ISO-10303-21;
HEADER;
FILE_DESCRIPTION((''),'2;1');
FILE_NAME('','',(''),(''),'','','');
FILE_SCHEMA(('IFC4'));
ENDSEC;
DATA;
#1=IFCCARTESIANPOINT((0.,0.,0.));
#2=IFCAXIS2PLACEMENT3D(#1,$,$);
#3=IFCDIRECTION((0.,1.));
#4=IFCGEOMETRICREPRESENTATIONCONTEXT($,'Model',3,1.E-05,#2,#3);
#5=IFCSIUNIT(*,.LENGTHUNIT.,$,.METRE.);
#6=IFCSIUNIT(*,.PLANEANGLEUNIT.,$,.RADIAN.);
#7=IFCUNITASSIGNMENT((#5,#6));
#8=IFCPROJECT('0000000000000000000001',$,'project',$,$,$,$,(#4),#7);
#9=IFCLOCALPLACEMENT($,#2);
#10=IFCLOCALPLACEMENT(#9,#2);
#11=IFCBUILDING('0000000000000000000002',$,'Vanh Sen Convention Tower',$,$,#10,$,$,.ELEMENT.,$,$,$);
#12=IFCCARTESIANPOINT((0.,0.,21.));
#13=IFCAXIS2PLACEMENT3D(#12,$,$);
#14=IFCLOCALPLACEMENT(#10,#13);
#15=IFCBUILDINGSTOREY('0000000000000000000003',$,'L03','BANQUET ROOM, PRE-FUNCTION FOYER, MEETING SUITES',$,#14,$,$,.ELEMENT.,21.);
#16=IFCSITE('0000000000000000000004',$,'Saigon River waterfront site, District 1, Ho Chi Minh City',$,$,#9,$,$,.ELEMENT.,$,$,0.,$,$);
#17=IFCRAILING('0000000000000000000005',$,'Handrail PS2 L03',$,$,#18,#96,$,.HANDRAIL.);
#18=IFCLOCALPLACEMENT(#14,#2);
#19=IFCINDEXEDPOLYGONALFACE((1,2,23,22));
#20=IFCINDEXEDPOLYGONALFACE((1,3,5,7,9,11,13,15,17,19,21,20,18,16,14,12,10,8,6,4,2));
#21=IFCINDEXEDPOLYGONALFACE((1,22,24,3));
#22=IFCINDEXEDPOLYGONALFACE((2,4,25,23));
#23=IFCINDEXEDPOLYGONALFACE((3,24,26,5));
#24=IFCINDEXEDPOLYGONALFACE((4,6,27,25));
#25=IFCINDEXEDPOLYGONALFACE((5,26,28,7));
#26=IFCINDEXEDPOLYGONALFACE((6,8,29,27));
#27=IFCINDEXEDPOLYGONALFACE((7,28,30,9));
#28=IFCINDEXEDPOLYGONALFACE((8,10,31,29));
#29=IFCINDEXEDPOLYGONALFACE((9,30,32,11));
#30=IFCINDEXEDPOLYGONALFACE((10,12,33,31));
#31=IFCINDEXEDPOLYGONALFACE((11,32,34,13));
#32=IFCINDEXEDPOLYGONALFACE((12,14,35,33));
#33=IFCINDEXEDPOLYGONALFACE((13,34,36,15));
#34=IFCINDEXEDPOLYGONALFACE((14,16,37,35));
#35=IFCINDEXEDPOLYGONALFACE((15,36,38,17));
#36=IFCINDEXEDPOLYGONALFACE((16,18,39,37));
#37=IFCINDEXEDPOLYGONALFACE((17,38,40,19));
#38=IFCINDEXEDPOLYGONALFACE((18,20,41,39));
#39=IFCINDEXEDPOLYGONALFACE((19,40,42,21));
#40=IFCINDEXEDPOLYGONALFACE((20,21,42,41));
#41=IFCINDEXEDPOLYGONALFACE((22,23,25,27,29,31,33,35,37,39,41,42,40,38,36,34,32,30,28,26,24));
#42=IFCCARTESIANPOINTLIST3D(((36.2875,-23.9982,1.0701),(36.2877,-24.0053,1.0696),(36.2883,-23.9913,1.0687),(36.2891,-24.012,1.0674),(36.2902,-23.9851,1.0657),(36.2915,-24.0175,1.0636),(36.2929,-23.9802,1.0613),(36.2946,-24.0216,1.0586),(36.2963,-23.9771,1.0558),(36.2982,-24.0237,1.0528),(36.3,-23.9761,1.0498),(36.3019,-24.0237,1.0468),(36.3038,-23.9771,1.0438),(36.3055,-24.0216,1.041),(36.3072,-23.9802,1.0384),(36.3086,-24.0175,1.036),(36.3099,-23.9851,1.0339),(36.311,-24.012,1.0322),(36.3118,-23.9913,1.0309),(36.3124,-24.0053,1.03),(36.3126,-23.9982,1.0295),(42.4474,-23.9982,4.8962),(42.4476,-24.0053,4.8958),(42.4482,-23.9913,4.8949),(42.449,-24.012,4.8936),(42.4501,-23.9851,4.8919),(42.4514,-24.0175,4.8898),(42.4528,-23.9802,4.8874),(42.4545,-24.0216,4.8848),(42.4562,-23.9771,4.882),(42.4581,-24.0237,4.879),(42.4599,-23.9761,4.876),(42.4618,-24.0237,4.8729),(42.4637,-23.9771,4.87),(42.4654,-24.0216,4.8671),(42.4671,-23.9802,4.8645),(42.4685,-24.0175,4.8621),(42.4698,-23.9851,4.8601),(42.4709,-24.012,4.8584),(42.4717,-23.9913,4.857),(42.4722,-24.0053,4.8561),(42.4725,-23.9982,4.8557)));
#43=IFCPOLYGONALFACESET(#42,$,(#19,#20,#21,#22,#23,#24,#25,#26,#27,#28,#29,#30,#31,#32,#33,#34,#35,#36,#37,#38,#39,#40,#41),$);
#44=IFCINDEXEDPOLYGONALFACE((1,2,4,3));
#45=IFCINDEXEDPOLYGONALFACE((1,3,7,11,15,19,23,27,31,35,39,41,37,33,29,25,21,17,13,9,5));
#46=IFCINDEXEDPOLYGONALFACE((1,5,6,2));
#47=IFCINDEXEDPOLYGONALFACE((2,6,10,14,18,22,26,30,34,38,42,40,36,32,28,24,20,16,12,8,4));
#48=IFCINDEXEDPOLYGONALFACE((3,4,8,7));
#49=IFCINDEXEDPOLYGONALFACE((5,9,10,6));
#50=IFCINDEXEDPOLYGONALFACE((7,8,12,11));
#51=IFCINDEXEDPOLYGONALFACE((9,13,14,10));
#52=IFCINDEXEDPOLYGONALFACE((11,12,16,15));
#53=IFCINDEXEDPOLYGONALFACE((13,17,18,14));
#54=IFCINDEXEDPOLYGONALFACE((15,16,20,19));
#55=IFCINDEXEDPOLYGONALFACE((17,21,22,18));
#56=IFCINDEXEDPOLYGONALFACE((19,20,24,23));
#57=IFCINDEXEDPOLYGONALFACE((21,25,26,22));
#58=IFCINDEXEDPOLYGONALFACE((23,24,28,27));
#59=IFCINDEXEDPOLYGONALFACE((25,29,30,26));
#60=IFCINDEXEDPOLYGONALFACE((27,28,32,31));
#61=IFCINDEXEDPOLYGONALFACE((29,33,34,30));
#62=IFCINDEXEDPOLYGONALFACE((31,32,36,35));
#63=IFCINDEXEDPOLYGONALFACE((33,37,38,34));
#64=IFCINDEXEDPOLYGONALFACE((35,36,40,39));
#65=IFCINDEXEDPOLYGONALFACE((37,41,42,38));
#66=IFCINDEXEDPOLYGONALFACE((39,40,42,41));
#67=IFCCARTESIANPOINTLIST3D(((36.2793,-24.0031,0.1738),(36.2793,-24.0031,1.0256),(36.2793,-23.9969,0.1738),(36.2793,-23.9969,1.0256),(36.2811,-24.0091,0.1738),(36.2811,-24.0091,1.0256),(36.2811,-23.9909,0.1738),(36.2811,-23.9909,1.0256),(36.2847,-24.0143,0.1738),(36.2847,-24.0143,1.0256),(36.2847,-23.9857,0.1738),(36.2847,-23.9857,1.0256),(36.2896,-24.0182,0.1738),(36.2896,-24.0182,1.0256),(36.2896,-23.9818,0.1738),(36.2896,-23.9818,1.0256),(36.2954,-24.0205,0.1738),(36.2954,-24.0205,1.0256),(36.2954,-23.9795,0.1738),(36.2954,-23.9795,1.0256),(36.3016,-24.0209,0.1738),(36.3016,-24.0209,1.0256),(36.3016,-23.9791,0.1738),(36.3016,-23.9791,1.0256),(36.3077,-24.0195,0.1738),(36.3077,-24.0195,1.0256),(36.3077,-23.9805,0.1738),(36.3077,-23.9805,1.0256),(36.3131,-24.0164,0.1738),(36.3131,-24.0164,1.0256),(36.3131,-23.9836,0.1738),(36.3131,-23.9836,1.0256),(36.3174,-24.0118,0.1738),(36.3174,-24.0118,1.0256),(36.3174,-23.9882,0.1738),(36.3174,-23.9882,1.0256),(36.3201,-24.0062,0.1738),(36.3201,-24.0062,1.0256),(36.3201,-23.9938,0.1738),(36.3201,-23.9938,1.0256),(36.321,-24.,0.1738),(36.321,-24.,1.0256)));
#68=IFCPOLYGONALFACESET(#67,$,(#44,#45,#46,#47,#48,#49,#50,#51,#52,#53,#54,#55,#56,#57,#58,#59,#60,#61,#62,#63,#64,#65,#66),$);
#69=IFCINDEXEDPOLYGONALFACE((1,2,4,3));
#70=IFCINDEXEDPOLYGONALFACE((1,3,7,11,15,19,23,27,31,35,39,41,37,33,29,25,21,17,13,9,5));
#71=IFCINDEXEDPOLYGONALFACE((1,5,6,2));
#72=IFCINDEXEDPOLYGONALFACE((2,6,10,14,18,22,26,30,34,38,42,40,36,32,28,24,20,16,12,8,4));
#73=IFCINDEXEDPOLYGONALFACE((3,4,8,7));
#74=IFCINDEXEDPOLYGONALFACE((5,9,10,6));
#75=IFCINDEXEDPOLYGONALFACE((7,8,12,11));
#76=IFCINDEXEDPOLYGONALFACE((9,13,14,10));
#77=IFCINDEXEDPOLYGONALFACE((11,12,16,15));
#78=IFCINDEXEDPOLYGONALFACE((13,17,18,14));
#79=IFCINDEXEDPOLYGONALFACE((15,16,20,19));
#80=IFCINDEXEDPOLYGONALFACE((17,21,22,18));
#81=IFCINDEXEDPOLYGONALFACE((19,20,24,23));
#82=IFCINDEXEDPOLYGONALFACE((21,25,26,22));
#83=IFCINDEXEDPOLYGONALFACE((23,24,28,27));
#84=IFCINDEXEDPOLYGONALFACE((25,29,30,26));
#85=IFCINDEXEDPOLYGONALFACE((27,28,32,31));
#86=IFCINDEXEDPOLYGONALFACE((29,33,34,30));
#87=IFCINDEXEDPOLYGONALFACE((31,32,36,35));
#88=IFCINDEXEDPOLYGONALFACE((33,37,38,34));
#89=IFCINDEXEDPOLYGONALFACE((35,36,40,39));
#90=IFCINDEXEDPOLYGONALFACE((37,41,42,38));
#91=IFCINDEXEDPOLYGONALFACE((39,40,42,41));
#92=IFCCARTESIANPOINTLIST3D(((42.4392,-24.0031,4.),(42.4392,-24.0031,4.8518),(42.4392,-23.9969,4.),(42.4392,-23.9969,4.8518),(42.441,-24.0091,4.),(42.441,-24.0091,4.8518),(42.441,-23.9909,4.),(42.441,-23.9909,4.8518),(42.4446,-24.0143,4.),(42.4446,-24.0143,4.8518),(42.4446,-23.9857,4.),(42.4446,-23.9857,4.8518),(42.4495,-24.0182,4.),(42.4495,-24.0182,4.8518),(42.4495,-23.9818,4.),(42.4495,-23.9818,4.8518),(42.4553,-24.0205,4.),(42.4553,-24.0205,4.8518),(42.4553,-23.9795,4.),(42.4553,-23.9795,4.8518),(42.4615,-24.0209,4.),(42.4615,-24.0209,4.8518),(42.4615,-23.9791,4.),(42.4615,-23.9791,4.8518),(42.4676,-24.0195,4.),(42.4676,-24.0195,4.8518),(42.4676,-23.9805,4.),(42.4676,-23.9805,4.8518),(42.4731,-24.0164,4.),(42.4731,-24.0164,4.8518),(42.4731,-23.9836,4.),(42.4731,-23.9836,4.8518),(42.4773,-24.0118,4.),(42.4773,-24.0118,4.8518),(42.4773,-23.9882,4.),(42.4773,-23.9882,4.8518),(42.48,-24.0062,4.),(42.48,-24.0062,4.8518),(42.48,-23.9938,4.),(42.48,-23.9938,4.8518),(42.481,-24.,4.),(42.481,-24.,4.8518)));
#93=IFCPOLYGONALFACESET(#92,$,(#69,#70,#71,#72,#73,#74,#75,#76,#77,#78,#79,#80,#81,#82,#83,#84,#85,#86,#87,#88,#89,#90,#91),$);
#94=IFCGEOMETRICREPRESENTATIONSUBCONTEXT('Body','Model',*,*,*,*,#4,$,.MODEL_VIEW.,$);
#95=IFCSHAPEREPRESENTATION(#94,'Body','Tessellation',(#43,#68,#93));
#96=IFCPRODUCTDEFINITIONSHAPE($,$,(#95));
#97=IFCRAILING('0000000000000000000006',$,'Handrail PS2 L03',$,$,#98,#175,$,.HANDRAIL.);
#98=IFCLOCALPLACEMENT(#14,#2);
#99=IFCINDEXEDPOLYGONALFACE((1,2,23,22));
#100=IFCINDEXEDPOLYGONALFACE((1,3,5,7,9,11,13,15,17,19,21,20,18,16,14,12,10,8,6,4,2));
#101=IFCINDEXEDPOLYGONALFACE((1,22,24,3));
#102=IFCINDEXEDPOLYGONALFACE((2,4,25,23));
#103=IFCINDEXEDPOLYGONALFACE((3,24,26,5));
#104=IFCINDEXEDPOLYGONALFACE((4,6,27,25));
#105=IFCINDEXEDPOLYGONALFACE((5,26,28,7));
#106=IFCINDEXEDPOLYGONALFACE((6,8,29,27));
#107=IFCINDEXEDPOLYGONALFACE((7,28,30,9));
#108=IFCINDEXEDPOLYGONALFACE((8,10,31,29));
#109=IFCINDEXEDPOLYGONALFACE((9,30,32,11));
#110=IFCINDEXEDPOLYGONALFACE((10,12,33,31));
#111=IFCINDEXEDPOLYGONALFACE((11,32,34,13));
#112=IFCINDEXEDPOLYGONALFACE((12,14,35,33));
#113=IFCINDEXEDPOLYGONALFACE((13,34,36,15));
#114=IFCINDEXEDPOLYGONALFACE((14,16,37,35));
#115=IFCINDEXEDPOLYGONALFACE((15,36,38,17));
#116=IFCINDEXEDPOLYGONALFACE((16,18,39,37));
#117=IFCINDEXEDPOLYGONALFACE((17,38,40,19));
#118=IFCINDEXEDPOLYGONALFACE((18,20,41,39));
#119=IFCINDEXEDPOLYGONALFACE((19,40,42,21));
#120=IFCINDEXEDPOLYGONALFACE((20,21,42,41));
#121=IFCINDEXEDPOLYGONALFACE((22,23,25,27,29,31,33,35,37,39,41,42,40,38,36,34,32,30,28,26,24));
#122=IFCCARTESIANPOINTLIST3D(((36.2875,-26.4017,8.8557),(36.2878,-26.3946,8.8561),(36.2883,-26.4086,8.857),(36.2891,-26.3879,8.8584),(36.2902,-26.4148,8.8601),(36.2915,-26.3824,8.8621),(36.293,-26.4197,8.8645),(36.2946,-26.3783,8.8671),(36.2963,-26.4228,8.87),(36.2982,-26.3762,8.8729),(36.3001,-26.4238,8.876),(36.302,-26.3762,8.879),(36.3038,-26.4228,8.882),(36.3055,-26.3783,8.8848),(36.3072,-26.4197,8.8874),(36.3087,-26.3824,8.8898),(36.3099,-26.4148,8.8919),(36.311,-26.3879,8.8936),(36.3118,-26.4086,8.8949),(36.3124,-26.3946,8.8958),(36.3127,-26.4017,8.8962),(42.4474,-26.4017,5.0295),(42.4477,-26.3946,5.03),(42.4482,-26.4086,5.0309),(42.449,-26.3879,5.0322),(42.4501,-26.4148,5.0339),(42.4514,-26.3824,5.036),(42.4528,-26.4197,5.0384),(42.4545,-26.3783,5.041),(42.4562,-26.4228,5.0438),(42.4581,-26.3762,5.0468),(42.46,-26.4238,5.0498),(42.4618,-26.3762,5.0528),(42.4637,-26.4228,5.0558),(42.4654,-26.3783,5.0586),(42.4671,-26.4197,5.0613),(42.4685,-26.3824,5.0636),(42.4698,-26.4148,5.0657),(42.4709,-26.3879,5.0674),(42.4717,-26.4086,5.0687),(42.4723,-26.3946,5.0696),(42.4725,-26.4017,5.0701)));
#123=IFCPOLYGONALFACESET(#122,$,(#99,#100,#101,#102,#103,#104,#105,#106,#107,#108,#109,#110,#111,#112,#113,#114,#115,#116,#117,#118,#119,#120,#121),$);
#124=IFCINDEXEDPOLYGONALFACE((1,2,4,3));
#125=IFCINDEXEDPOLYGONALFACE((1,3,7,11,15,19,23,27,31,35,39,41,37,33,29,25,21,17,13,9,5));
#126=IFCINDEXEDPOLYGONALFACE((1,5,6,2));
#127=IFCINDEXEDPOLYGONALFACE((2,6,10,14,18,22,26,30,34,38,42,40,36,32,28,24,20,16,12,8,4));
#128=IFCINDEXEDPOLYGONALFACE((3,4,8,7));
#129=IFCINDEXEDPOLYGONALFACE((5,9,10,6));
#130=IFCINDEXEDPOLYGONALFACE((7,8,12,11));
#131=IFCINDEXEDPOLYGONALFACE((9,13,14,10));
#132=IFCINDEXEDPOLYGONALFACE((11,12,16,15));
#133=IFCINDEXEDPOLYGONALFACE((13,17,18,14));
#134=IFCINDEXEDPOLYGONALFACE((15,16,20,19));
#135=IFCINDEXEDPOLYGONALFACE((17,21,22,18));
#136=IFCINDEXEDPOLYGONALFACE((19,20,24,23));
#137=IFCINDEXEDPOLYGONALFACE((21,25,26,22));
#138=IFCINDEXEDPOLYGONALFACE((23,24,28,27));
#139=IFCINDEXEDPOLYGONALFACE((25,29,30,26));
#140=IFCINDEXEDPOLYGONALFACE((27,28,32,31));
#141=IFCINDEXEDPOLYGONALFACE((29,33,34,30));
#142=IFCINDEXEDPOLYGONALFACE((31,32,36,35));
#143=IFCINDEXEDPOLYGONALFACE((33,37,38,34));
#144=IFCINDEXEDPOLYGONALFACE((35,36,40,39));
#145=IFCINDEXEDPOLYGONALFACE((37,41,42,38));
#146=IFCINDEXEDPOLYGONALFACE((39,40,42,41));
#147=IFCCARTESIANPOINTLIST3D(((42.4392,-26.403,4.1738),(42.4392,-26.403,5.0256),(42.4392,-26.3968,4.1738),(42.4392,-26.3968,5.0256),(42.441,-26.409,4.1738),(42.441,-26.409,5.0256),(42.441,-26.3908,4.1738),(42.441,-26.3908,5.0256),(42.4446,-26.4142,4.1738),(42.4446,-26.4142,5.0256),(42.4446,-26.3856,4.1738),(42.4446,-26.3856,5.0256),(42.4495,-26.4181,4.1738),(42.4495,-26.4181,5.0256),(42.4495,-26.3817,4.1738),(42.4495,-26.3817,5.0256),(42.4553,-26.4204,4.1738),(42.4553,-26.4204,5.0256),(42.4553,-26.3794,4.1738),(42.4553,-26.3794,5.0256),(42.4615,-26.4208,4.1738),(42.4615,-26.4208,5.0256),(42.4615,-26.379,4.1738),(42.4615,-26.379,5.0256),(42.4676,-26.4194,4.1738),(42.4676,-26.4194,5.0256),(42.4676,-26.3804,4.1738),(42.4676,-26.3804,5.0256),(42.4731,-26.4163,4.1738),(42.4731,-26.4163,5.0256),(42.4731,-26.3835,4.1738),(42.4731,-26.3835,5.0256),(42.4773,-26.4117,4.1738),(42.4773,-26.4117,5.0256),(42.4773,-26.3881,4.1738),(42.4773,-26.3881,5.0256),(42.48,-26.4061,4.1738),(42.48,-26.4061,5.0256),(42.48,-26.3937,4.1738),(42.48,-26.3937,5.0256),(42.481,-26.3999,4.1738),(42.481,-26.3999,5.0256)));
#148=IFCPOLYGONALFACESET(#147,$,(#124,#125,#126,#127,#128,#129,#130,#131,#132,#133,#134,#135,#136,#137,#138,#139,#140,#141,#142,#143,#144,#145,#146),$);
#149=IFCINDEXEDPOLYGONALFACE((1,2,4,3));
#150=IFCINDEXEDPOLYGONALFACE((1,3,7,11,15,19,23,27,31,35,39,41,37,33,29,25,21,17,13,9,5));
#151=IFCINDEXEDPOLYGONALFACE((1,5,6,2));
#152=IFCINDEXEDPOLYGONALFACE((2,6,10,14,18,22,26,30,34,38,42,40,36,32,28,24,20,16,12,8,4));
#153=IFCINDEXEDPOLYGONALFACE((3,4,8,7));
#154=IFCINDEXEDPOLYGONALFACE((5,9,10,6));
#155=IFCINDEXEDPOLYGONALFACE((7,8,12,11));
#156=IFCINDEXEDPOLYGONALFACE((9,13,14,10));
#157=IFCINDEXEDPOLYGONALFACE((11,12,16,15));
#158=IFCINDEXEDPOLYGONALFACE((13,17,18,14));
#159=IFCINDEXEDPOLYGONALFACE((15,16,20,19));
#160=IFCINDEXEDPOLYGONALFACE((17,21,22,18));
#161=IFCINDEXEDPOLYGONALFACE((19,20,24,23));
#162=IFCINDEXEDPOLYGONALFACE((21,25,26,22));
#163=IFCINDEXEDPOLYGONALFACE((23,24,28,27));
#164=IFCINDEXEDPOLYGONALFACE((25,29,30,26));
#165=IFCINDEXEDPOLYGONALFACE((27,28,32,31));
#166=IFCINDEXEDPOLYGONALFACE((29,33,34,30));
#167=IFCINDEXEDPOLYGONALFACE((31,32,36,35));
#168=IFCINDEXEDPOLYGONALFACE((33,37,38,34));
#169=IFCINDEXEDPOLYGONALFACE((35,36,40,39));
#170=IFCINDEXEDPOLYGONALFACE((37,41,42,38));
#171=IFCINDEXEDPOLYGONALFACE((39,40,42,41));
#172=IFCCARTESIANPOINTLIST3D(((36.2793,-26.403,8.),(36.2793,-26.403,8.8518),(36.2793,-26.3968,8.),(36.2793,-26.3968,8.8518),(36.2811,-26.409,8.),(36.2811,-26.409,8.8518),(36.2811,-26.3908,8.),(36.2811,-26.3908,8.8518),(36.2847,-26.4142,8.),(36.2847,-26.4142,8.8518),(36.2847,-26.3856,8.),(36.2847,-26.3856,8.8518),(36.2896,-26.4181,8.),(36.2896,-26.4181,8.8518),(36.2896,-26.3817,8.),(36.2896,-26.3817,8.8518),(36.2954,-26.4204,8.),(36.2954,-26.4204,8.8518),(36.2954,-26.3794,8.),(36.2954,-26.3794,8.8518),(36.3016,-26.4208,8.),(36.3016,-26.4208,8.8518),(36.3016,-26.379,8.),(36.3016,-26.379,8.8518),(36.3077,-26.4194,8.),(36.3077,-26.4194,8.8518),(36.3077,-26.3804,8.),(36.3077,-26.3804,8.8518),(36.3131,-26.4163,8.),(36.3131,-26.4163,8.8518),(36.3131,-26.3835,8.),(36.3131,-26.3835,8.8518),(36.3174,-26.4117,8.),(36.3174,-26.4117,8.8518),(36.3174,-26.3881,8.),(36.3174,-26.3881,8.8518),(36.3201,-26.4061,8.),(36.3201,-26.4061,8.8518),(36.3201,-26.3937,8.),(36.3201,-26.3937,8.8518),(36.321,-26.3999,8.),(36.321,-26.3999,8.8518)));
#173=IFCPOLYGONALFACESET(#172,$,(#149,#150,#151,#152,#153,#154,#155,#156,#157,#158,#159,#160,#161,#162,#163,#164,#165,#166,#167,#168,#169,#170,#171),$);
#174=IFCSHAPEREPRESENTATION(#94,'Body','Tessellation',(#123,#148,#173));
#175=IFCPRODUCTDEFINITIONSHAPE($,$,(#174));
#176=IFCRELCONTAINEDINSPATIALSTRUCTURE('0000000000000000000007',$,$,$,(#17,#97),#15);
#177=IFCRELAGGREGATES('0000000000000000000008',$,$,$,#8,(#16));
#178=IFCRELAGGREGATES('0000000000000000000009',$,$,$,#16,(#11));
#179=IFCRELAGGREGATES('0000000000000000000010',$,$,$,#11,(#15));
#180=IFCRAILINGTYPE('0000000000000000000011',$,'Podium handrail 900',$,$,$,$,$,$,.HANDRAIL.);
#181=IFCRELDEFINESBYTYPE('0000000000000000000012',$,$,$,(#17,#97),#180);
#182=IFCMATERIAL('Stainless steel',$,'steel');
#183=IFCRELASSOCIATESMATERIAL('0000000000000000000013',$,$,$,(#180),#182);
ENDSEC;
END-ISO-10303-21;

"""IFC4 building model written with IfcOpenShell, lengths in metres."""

from ifc_helpers import new_model, si_unit, direction, frame, origin, origin_2d, place, context, subcontext, project, spatial, circle, extrude, material, type_object, element, save


model = new_model("IFC4")

# Units and contexts
model_context = context("Model", 3, precision=1e-05, world=origin(), true_north=direction((0.0, 1.0)))
body_context = subcontext(model_context, "Body", "Model", "MODEL_VIEW")
ifc_project = project(units=[si_unit("LENGTHUNIT", "METRE"), si_unit("PLANEANGLEUNIT", "RADIAN")], contexts=[model_context])

# Site, building, storey
site_placement = place(None, origin())
site = spatial("IfcSite", under=ifc_project, at=site_placement, Name="Saigon River waterfront site, District 1, Ho Chi Minh City", CompositionType="ELEMENT", RefElevation=0.0)
building_placement = place(site_placement, origin())
building = spatial("IfcBuilding", under=site, at=building_placement, Name="Vanh Sen Convention Tower", CompositionType="ELEMENT")
storey_placement = place(building_placement, frame((0.0, 0.0, 21.0)))
storey = spatial("IfcBuildingStorey", under=building, at=storey_placement, Name="L03", Description="BANQUET ROOM, PRE-FUNCTION FOYER, MEETING SUITES", CompositionType="ELEMENT", Elevation=21.0)

# Railings
ifc_material_1 = material(Name="Stainless steel", Category="steel")
railing_type = type_object("IfcRailingType", Name="Podium handrail 900", PredefinedType="HANDRAIL", material=ifc_material_1)
for number, where, name in (
    (1, (36.3, -24.0, 0.1738), "Handrail PS2 L03"),
):
    element("IfcRailing", number, at=place(storey_placement, frame(where)), inside=storey, type_object=railing_type, Name=name, PredefinedType="HANDRAIL", context=body_context, shape_type="SweptSolid", body=[
        extrude(circle(Radius=0.0239, at=origin_2d()), frame((0.0, 0.0, 0.876), z_axis=(0.849468, 0.0, 0.527639), x_axis=(0.0, 1.0, 0.0)), (0.0, 0.0, 1.0), 7.2515),
        extrude(circle(Radius=0.021, at=origin_2d()), origin(), (0.0, 0.0, 1.0), 0.8518),
        extrude(circle(Radius=0.021, at=origin_2d()), frame((6.1599, 0.0, 3.8262)), (0.0, 0.0, 1.0), 0.8518),
    ])
for number, where, name in (
    (2, (42.46, -26.3999, 4.1738), "Handrail PS2 L03"),
):
    element("IfcRailing", number, at=place(storey_placement, frame(where)), inside=storey, type_object=railing_type, Name=name, PredefinedType="HANDRAIL", context=body_context, shape_type="SweptSolid", body=[
        extrude(circle(Radius=0.0239, at=origin_2d()), frame((0.0, 0.0, 0.876), z_axis=(-0.849468, 0.0, 0.527639), x_axis=(0.0, -1.0, 0.0)), (0.0, 0.0, 1.0), 7.2515),
        extrude(circle(Radius=0.021, at=origin_2d()), origin(), (0.0, 0.0, 1.0), 0.8518),
        extrude(circle(Radius=0.021, at=origin_2d()), frame((-6.1599, 0.0, 3.8262)), (0.0, 0.0, 1.0), 0.8518),
    ])

save(model, "model.ifc")
